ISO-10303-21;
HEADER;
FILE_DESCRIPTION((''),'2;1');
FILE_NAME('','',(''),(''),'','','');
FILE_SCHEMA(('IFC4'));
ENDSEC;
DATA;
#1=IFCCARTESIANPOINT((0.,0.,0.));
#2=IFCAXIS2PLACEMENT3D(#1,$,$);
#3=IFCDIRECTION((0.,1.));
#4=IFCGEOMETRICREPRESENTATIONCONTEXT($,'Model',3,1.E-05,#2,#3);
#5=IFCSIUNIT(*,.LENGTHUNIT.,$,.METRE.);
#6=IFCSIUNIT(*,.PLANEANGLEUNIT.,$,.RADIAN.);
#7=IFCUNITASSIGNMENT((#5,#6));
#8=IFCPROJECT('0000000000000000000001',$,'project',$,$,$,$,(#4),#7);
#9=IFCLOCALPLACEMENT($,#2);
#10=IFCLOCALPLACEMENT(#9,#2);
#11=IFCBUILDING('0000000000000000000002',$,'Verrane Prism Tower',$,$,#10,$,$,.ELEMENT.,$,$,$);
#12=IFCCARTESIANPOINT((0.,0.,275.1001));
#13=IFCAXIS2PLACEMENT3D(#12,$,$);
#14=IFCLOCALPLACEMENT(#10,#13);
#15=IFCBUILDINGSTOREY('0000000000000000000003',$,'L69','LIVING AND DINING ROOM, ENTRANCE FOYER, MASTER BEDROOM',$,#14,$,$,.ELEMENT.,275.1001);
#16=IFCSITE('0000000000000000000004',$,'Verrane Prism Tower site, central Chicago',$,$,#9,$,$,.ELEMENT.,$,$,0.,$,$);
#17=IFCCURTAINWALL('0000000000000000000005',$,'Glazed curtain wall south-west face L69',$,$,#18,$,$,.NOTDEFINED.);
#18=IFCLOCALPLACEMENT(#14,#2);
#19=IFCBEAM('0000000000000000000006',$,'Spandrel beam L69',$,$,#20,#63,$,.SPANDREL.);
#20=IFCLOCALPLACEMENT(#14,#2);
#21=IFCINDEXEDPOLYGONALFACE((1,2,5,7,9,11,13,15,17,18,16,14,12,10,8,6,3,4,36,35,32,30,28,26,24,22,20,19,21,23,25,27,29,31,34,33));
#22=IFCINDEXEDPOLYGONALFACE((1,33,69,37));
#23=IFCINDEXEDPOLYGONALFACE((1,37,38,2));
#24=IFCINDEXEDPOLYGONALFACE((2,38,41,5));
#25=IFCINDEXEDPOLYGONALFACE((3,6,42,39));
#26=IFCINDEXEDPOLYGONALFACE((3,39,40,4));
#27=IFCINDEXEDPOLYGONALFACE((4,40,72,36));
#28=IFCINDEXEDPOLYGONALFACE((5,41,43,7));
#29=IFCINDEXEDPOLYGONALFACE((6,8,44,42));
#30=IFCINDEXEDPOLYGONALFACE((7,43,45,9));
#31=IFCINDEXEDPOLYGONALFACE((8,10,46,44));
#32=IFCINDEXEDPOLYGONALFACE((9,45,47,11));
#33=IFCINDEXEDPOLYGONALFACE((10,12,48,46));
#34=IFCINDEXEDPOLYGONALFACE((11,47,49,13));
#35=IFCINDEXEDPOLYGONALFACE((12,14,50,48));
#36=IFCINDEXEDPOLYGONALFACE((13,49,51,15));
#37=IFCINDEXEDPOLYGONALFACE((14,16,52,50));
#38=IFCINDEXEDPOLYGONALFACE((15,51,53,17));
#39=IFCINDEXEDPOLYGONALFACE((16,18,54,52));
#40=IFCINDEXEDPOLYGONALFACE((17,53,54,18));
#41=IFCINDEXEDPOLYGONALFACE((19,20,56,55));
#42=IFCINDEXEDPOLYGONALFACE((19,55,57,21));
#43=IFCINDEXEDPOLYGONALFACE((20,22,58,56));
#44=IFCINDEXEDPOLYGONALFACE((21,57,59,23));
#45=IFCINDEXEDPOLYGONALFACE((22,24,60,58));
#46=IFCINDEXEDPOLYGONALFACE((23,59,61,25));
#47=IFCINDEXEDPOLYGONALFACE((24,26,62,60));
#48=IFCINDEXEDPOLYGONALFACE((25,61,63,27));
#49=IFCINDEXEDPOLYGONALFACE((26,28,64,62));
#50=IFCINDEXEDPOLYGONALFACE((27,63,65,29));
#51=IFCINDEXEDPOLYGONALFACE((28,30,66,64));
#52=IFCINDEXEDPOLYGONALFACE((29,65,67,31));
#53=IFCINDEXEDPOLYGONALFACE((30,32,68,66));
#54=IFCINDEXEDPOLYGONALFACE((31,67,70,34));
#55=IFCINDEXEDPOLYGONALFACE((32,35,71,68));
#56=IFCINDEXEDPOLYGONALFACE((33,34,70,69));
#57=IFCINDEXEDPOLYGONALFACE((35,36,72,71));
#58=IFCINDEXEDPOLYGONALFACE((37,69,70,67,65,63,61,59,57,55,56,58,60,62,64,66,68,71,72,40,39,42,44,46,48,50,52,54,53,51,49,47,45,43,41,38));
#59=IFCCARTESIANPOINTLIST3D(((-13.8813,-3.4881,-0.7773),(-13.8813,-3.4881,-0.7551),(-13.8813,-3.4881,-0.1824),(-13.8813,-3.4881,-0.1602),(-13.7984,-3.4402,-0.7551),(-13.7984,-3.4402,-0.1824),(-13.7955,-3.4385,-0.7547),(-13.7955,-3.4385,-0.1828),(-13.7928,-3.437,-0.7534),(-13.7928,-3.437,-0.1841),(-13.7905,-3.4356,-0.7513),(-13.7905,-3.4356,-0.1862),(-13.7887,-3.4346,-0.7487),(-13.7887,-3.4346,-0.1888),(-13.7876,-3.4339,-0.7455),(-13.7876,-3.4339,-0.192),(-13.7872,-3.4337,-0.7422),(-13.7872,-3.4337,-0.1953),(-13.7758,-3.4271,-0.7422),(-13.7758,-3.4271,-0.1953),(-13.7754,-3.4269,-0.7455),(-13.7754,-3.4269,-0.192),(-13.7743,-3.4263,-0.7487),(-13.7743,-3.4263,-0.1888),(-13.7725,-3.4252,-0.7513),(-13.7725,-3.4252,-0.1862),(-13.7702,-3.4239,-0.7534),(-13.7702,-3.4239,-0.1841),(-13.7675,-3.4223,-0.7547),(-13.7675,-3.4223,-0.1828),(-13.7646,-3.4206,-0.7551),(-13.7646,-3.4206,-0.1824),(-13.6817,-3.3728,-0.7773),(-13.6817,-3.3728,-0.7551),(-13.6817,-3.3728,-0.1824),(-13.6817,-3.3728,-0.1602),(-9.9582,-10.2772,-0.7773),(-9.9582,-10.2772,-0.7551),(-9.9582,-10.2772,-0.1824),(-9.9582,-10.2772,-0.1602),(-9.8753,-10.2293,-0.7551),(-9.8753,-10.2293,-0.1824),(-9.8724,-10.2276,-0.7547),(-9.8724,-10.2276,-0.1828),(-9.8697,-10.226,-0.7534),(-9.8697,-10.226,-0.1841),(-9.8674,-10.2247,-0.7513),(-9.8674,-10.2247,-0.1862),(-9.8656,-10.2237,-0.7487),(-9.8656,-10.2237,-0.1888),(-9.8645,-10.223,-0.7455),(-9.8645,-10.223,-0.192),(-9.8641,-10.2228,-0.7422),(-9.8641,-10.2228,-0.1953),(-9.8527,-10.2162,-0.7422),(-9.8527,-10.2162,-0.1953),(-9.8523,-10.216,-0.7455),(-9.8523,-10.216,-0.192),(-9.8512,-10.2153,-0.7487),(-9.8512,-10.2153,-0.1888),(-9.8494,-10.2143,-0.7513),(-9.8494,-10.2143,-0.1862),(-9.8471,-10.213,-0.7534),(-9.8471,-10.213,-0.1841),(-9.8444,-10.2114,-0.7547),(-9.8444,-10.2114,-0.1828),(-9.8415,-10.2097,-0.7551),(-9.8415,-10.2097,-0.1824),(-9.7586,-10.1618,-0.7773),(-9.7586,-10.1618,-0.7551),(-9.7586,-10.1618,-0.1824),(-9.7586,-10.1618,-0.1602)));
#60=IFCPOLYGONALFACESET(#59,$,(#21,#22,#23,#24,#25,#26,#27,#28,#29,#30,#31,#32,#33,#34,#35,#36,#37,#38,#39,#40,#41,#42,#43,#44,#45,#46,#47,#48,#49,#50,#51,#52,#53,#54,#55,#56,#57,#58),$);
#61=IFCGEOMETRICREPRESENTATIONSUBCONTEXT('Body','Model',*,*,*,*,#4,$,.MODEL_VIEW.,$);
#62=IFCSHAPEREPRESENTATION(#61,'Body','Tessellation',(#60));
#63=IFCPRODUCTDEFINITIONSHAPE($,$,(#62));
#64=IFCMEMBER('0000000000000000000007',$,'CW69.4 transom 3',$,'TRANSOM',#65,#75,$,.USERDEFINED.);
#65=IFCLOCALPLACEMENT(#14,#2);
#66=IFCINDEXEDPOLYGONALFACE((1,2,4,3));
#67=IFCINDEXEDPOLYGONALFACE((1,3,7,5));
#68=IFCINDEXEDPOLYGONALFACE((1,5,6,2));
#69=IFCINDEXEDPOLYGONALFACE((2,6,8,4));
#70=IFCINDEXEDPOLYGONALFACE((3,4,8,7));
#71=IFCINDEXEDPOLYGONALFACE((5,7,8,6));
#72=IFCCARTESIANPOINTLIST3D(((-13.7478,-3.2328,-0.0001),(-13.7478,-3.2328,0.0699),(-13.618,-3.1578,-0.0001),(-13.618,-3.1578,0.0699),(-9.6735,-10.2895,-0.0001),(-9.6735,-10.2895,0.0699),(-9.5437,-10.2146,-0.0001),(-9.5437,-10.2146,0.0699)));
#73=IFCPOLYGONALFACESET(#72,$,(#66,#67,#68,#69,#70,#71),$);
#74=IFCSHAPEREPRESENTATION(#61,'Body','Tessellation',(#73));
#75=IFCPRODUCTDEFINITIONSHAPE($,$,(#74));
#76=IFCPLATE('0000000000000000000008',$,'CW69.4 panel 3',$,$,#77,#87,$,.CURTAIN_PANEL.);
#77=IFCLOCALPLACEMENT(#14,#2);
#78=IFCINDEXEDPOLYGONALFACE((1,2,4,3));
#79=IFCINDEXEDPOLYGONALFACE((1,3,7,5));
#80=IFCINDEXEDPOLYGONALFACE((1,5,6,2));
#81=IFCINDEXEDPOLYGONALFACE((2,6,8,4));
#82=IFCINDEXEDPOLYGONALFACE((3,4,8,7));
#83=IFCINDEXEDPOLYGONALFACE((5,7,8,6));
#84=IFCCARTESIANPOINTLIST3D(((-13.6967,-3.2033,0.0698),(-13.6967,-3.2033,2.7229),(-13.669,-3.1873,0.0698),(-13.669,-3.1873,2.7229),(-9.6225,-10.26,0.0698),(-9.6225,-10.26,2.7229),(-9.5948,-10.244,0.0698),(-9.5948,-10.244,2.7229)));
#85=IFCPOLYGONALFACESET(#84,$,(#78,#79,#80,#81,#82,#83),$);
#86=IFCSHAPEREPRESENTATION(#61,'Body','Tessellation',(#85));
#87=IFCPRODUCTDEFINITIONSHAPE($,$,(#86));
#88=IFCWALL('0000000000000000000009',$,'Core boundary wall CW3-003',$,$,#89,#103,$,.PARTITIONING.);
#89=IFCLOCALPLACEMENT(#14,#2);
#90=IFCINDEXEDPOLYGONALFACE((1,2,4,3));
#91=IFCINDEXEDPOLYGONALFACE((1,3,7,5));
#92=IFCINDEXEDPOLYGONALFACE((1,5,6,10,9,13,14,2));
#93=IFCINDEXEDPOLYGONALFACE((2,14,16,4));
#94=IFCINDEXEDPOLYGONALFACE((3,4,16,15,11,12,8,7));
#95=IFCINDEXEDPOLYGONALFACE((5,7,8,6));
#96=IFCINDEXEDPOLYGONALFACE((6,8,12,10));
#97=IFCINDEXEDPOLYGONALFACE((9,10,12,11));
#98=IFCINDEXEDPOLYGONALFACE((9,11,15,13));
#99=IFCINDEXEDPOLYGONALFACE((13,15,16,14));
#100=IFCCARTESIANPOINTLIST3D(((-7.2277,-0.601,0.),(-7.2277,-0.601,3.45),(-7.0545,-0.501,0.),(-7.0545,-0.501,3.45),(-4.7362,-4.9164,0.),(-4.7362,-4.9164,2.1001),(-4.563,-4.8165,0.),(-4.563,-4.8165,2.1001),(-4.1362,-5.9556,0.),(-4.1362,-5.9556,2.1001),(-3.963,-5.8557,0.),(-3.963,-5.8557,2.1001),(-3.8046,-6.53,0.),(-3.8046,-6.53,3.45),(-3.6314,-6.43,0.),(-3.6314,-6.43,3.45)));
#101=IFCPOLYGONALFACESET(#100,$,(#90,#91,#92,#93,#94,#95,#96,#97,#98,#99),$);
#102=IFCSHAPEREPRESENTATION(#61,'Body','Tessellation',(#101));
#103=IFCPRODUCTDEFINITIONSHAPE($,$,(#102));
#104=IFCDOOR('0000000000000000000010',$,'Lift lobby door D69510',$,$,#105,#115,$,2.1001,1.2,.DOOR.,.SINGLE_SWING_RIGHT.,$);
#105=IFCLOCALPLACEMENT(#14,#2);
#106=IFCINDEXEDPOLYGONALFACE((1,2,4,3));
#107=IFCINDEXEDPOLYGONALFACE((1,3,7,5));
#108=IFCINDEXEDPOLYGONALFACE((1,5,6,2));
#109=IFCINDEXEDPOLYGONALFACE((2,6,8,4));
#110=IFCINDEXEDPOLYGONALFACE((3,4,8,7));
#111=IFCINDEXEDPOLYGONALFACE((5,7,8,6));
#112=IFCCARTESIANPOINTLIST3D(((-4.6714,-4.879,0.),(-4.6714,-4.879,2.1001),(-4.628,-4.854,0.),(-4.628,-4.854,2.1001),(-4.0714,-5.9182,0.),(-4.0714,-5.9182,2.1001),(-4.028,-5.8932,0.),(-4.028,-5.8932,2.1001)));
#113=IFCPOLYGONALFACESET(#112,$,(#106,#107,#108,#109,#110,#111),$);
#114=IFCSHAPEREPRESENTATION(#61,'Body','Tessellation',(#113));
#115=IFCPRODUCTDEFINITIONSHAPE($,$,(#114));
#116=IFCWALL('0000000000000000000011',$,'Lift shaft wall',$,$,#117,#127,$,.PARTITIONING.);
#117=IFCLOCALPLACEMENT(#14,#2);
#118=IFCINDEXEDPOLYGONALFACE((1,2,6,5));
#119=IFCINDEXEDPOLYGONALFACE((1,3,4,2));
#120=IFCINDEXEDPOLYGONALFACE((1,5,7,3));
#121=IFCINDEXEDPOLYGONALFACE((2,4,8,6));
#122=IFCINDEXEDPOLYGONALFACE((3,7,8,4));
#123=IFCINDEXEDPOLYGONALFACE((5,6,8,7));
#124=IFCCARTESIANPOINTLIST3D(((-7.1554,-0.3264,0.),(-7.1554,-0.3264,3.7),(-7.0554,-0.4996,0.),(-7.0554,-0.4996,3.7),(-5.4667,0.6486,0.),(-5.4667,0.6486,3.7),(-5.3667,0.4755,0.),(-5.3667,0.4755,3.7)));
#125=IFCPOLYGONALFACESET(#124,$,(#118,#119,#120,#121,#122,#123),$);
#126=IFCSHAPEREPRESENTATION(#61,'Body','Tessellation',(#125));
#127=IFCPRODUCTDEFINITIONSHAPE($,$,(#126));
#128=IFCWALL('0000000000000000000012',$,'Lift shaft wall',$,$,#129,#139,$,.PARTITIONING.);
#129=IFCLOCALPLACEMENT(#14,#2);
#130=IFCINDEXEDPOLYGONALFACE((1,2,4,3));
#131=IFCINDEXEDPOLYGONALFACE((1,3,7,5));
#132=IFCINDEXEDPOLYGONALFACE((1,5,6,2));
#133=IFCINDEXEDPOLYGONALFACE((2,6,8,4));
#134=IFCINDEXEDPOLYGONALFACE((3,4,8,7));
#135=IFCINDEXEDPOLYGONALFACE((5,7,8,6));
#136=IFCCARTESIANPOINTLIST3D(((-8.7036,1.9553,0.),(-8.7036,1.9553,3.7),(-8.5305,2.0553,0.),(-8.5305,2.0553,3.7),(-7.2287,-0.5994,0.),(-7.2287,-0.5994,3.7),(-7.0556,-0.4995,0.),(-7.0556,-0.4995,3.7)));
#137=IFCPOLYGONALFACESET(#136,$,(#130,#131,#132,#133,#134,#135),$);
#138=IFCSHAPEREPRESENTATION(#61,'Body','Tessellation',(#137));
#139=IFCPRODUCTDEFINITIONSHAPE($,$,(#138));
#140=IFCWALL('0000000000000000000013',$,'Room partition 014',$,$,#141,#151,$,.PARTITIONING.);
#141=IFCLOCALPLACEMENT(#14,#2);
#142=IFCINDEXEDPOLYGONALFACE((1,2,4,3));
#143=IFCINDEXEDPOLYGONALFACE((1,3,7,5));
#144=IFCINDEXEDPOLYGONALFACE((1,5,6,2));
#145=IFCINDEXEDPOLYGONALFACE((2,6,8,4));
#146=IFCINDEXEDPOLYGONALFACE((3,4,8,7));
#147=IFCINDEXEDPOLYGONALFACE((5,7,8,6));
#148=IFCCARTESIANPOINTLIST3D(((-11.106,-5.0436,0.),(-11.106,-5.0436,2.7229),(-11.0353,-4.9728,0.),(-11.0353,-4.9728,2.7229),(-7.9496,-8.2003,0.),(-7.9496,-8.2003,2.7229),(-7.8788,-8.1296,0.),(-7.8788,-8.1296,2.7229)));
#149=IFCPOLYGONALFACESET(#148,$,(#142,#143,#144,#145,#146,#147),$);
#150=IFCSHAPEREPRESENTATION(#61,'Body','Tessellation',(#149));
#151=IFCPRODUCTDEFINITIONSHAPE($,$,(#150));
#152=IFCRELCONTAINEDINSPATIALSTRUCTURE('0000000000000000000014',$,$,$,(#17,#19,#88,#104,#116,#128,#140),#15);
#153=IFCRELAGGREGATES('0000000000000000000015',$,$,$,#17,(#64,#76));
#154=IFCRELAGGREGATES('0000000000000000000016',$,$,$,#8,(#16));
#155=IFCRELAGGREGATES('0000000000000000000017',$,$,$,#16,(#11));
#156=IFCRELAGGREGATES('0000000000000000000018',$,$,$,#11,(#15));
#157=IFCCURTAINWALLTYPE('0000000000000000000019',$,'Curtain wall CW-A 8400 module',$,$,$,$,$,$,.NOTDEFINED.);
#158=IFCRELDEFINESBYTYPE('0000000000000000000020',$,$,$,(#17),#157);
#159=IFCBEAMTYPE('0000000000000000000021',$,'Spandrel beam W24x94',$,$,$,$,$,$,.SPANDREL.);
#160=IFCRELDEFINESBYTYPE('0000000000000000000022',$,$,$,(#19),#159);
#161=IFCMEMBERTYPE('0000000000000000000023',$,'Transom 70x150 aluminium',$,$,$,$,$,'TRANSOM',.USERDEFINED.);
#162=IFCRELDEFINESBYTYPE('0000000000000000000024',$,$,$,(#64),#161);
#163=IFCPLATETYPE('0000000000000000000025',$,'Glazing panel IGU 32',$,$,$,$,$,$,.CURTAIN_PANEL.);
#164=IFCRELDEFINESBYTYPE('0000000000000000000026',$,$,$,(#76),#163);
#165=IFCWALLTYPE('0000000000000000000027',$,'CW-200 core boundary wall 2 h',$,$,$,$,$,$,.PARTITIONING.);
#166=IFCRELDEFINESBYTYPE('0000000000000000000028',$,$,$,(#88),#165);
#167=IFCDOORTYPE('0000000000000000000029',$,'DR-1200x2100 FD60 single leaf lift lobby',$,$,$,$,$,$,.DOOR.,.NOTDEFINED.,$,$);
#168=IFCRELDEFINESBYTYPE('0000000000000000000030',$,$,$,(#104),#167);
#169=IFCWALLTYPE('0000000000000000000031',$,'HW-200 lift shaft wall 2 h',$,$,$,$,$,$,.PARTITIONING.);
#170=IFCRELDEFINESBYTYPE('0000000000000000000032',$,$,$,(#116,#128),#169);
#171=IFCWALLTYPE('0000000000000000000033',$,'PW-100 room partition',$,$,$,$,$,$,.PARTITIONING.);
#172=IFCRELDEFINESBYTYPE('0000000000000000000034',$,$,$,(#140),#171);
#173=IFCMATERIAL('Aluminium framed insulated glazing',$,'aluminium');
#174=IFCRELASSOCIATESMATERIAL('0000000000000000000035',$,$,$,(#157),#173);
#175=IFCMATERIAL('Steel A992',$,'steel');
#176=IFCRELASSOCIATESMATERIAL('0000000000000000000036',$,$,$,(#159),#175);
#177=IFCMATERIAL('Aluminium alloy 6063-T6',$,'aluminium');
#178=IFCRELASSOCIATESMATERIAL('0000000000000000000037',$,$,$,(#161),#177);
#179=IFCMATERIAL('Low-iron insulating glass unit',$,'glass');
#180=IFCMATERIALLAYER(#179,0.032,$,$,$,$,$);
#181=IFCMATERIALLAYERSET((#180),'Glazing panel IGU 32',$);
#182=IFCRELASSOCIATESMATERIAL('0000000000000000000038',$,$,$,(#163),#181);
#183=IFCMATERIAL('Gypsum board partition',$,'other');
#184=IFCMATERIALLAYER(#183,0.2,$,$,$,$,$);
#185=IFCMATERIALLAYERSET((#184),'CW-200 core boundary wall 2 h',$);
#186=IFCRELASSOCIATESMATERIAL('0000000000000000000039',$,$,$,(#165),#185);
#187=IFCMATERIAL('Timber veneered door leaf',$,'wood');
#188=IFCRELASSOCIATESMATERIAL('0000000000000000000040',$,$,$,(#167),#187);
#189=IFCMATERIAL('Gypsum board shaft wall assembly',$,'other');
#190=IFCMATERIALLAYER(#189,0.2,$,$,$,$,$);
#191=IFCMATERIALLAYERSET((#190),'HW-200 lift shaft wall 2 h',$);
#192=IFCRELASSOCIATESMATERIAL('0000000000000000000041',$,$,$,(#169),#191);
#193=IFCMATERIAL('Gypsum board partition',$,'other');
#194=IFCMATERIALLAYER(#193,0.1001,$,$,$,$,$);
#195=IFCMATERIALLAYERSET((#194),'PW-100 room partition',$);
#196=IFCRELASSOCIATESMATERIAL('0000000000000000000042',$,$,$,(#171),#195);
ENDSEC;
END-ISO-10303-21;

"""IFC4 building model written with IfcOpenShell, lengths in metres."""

from ifc_helpers import new_model, si_unit, direction, frame, frame_2d, origin, origin_2d, place, context, subcontext, project, spatial, rectangle, i_section, extrude, material, layer, layer_set, material_profile, profile_set, type_object, element, fill, aggregate, save


model = new_model("IFC4")

# Units and contexts
model_context = context("Model", 3, precision=1e-05, world=origin(), true_north=direction((0.0, 1.0)))
body_context = subcontext(model_context, "Body", "Model", "MODEL_VIEW")
ifc_project = project(units=[si_unit("LENGTHUNIT", "METRE"), si_unit("PLANEANGLEUNIT", "RADIAN")], contexts=[model_context])

# Site, building, storey
site_placement = place(None, origin())
site = spatial("IfcSite", under=ifc_project, at=site_placement, Name="Verrane Prism Tower site, central Chicago", CompositionType="ELEMENT", RefElevation=0.0)
building_placement = place(site_placement, origin())
building = spatial("IfcBuilding", under=site, at=building_placement, Name="Verrane Prism Tower", CompositionType="ELEMENT")
storey_placement = place(building_placement, frame((0.0, 0.0, 275.1001)))
storey = spatial("IfcBuildingStorey", under=building, at=storey_placement, Name="L69", Description="LIVING AND DINING ROOM, ENTRANCE FOYER, MASTER BEDROOM", CompositionType="ELEMENT", Elevation=275.1001)

# Curtain wall
ifc_material_1 = material(Name="Aluminium framed insulated glazing", Category="aluminium")
curtain_wall_type = type_object("IfcCurtainWallType", Name="Curtain wall CW-A 8400 module", PredefinedType="NOTDEFINED", material=ifc_material_1)
curtain_wall_placement = place(storey_placement, origin())
curtain_wall = element("IfcCurtainWall", 1, at=curtain_wall_placement, inside=storey, type_object=curtain_wall_type, Name="Glazed curtain wall south-west face L69", PredefinedType="NOTDEFINED")

# Beam
ifc_material_2 = material(Name="Steel A992", Category="steel")
ifc_material_profile_1 = material_profile(ifc_material_2, i_section(OverallWidth=0.2305, OverallDepth=0.6172, WebThickness=0.0132, FlangeThickness=0.0222, FilletRadius=0.0129, at=origin_2d()), Name="W24x94")
ifc_profile_set_1 = profile_set([ifc_material_profile_1], Name="Steel A992")
beam_type_1 = type_object("IfcBeamType", Name="Spandrel beam W24x94", PredefinedType="SPANDREL", material=ifc_profile_set_1)
beam_1_placement = place(storey_placement, frame((-13.7815, -3.4304, -0.4688), z_axis=(0.500328, -0.865836, 0.0), x_axis=(0.865836, 0.500328, 0.0)))
element("IfcBeam", 2, at=beam_1_placement, inside=storey, type_object=beam_type_1, Name="Spandrel beam L69", PredefinedType="SPANDREL", context=body_context, shape_type="SweptSolid", body=[
    extrude(i_section(OverallWidth=0.2305, OverallDepth=0.6172, WebThickness=0.0132, FlangeThickness=0.0222, FilletRadius=0.0129, at=origin_2d()), origin(), (0.0, 0.0, 1.0), 7.8411),
])

# Member
ifc_material_3 = material(Name="Aluminium alloy 6063-T6", Category="aluminium")
ifc_material_profile_2 = material_profile(ifc_material_3, rectangle(XDim=0.1499, YDim=0.0701, at=origin_2d()), Name="Transom 70x150 aluminium")
ifc_profile_set_2 = profile_set([ifc_material_profile_2], Name="Aluminium alloy 6063-T6")
member_type_1 = type_object("IfcMemberType", Name="Transom 70x150 aluminium", ElementType="TRANSOM", PredefinedType="USERDEFINED", material=ifc_profile_set_2)
member_1_placement = place(storey_placement, frame((-13.6829, -3.1953, 0.0349), z_axis=(0.500006, -0.866022, 0.0), x_axis=(0.866022, 0.500006, 0.0)))
member_1 = element("IfcMember", 3, at=member_1_placement, type_object=member_type_1, Name="CW69.4 transom 3", ObjectType="TRANSOM", PredefinedType="USERDEFINED", context=body_context, shape_type="SweptSolid", body=[
    extrude(rectangle(XDim=0.1499, YDim=0.0701, at=origin_2d()), origin(), (0.0, 0.0, 1.0), 8.1484),
])

# Plate
ifc_material_4 = material(Name="Low-iron insulating glass unit", Category="glass")
ifc_layer_1 = layer(ifc_material_4, 0.032)
ifc_layer_set_1 = layer_set([ifc_layer_1], Name="Glazing panel IGU 32")
plate_type = type_object("IfcPlateType", Name="Glazing panel IGU 32", PredefinedType="CURTAIN_PANEL", material=ifc_layer_set_1)
plate_placement = place(storey_placement, frame((-11.6458, -6.7236, 0.0698), z_axis=(0.0, 0.0, 1.0), x_axis=(0.500001, -0.866025, 0.0)))
plate = element("IfcPlate", 4, at=plate_placement, type_object=plate_type, Name="CW69.4 panel 3", PredefinedType="CURTAIN_PANEL", context=body_context, shape_type="SweptSolid", body=[
    extrude(rectangle(XDim=8.1484, YDim=0.032, at=origin_2d()), origin(), (0.0, 0.0, 1.0), 2.6531),
])
aggregate(curtain_wall, [member_1, plate])

# Wall, opening, door
ifc_material_5 = material(Name="Gypsum board partition", Category="other")
ifc_layer_2 = layer(ifc_material_5, 0.2)
ifc_layer_set_2 = layer_set([ifc_layer_2], Name="CW-200 core boundary wall 2 h")
wall_type_1 = type_object("IfcWallType", Name="CW-200 core boundary wall 2 h", PredefinedType="PARTITIONING", material=ifc_layer_set_2)
wall_1_placement = place(storey_placement, frame((-7.1411, -0.551, 0.0), z_axis=(0.0, 0.0, 1.0), x_axis=(0.500001, -0.866025, 0.0)))
wall_1 = element("IfcWall", 5, at=wall_1_placement, inside=storey, type_object=wall_type_1, Name="Core boundary wall CW3-003", PredefinedType="PARTITIONING", context=body_context, shape_type="SweptSolid", body=[
    extrude(rectangle(XDim=6.8462, YDim=0.2, at=frame_2d((3.4231, 0.0))), origin(), (0.0, 0.0, 1.0), 3.45),
])
opening_1_placement = place(wall_1_placement, frame((4.9829, 0.0, 0.0)))
opening_1 = element("IfcOpeningElement", 6, at=opening_1_placement, cuts=wall_1, PredefinedType="OPENING", context=body_context, shape_type="SweptSolid", body=[
    extrude(rectangle(XDim=1.2, YDim=2.1001, at=frame_2d((0.6001, 1.05))), frame((0.0, 0.1099, 0.0), z_axis=(0.0, -1.0, 0.0), x_axis=(1.0, 0.0, 0.0)), (0.0, 0.0, 1.0), 0.22),
])
ifc_material_6 = material(Name="Timber veneered door leaf", Category="wood")
door_type_1 = type_object("IfcDoorType", Name="DR-1200x2100 FD60 single leaf lift lobby", OperationType="NOTDEFINED", PredefinedType="DOOR", material=ifc_material_6)
door_1_placement = place(opening_1_placement, origin())
door_1 = element("IfcDoor", 7, at=door_1_placement, inside=storey, type_object=door_type_1, Name="Lift lobby door D69510", OperationType="SINGLE_SWING_RIGHT", OverallHeight=2.1001, OverallWidth=1.2, PredefinedType="DOOR", context=body_context, shape_type="SweptSolid", body=[
    extrude(rectangle(XDim=1.2, YDim=2.1001, at=frame_2d((0.6001, 1.05))), frame((0.0, 0.0249, 0.0), z_axis=(0.0, -1.0, 0.0), x_axis=(1.0, 0.0, 0.0)), (0.0, 0.0, 1.0), 0.05),
])
fill(opening_1, door_1)

# Walls
ifc_material_7 = material(Name="Gypsum board shaft wall assembly", Category="other")
ifc_layer_3 = layer(ifc_material_7, 0.2)
ifc_layer_set_3 = layer_set([ifc_layer_3], Name="HW-200 lift shaft wall 2 h")
wall_type_2 = type_object("IfcWallType", Name="HW-200 lift shaft wall 2 h", PredefinedType="PARTITIONING", material=ifc_layer_set_3)
wall_2_placement = place(storey_placement, frame((-7.1055, -0.4131, 0.0), z_axis=(0.0, 0.0, 1.0), x_axis=(0.866, 0.500044, 0.0)))
element("IfcWall", 8, at=wall_2_placement, inside=storey, type_object=wall_type_2, Name="Lift shaft wall", PredefinedType="PARTITIONING", context=body_context, shape_type="SweptSolid", body=[
    extrude(rectangle(XDim=1.95, YDim=0.2, at=frame_2d((0.9751, 0.0))), origin(), (0.0, 0.0, 1.0), 3.7),
])
wall_3_placement = place(storey_placement, frame((-7.1421, -0.5496, 0.0), z_axis=(0.0, 0.0, 1.0), x_axis=(-0.499976, 0.866039, 0.0)))
element("IfcWall", 9, at=wall_3_placement, inside=storey, type_object=wall_type_2, Name="Lift shaft wall", PredefinedType="PARTITIONING", context=body_context, shape_type="SweptSolid", body=[
    extrude(rectangle(XDim=2.95, YDim=0.2, at=frame_2d((1.4751, 0.0))), origin(), (0.0, 0.0, 1.0), 3.7),
])
ifc_material_8 = material(Name="Gypsum board partition", Category="other")
ifc_layer_4 = layer(ifc_material_8, 0.1001)
ifc_layer_set_4 = layer_set([ifc_layer_4], Name="PW-100 room partition")
wall_type_3 = type_object("IfcWallType", Name="PW-100 room partition", PredefinedType="PARTITIONING", material=ifc_layer_set_4)
wall_4_placement = place(storey_placement, frame((-11.0706, -5.0083, 0.0), z_axis=(0.0, 0.0, 1.0), x_axis=(0.707079, -0.707134, 0.0)))
element("IfcWall", 10, at=wall_4_placement, inside=storey, type_object=wall_type_3, Name="Room partition 014", PredefinedType="PARTITIONING", context=body_context, shape_type="SweptSolid", body=[
    extrude(rectangle(XDim=4.4641, YDim=0.1001, at=frame_2d((2.2319, 0.0))), origin(), (0.0, 0.0, 1.0), 2.7229),
])

save(model, "model.ifc")
